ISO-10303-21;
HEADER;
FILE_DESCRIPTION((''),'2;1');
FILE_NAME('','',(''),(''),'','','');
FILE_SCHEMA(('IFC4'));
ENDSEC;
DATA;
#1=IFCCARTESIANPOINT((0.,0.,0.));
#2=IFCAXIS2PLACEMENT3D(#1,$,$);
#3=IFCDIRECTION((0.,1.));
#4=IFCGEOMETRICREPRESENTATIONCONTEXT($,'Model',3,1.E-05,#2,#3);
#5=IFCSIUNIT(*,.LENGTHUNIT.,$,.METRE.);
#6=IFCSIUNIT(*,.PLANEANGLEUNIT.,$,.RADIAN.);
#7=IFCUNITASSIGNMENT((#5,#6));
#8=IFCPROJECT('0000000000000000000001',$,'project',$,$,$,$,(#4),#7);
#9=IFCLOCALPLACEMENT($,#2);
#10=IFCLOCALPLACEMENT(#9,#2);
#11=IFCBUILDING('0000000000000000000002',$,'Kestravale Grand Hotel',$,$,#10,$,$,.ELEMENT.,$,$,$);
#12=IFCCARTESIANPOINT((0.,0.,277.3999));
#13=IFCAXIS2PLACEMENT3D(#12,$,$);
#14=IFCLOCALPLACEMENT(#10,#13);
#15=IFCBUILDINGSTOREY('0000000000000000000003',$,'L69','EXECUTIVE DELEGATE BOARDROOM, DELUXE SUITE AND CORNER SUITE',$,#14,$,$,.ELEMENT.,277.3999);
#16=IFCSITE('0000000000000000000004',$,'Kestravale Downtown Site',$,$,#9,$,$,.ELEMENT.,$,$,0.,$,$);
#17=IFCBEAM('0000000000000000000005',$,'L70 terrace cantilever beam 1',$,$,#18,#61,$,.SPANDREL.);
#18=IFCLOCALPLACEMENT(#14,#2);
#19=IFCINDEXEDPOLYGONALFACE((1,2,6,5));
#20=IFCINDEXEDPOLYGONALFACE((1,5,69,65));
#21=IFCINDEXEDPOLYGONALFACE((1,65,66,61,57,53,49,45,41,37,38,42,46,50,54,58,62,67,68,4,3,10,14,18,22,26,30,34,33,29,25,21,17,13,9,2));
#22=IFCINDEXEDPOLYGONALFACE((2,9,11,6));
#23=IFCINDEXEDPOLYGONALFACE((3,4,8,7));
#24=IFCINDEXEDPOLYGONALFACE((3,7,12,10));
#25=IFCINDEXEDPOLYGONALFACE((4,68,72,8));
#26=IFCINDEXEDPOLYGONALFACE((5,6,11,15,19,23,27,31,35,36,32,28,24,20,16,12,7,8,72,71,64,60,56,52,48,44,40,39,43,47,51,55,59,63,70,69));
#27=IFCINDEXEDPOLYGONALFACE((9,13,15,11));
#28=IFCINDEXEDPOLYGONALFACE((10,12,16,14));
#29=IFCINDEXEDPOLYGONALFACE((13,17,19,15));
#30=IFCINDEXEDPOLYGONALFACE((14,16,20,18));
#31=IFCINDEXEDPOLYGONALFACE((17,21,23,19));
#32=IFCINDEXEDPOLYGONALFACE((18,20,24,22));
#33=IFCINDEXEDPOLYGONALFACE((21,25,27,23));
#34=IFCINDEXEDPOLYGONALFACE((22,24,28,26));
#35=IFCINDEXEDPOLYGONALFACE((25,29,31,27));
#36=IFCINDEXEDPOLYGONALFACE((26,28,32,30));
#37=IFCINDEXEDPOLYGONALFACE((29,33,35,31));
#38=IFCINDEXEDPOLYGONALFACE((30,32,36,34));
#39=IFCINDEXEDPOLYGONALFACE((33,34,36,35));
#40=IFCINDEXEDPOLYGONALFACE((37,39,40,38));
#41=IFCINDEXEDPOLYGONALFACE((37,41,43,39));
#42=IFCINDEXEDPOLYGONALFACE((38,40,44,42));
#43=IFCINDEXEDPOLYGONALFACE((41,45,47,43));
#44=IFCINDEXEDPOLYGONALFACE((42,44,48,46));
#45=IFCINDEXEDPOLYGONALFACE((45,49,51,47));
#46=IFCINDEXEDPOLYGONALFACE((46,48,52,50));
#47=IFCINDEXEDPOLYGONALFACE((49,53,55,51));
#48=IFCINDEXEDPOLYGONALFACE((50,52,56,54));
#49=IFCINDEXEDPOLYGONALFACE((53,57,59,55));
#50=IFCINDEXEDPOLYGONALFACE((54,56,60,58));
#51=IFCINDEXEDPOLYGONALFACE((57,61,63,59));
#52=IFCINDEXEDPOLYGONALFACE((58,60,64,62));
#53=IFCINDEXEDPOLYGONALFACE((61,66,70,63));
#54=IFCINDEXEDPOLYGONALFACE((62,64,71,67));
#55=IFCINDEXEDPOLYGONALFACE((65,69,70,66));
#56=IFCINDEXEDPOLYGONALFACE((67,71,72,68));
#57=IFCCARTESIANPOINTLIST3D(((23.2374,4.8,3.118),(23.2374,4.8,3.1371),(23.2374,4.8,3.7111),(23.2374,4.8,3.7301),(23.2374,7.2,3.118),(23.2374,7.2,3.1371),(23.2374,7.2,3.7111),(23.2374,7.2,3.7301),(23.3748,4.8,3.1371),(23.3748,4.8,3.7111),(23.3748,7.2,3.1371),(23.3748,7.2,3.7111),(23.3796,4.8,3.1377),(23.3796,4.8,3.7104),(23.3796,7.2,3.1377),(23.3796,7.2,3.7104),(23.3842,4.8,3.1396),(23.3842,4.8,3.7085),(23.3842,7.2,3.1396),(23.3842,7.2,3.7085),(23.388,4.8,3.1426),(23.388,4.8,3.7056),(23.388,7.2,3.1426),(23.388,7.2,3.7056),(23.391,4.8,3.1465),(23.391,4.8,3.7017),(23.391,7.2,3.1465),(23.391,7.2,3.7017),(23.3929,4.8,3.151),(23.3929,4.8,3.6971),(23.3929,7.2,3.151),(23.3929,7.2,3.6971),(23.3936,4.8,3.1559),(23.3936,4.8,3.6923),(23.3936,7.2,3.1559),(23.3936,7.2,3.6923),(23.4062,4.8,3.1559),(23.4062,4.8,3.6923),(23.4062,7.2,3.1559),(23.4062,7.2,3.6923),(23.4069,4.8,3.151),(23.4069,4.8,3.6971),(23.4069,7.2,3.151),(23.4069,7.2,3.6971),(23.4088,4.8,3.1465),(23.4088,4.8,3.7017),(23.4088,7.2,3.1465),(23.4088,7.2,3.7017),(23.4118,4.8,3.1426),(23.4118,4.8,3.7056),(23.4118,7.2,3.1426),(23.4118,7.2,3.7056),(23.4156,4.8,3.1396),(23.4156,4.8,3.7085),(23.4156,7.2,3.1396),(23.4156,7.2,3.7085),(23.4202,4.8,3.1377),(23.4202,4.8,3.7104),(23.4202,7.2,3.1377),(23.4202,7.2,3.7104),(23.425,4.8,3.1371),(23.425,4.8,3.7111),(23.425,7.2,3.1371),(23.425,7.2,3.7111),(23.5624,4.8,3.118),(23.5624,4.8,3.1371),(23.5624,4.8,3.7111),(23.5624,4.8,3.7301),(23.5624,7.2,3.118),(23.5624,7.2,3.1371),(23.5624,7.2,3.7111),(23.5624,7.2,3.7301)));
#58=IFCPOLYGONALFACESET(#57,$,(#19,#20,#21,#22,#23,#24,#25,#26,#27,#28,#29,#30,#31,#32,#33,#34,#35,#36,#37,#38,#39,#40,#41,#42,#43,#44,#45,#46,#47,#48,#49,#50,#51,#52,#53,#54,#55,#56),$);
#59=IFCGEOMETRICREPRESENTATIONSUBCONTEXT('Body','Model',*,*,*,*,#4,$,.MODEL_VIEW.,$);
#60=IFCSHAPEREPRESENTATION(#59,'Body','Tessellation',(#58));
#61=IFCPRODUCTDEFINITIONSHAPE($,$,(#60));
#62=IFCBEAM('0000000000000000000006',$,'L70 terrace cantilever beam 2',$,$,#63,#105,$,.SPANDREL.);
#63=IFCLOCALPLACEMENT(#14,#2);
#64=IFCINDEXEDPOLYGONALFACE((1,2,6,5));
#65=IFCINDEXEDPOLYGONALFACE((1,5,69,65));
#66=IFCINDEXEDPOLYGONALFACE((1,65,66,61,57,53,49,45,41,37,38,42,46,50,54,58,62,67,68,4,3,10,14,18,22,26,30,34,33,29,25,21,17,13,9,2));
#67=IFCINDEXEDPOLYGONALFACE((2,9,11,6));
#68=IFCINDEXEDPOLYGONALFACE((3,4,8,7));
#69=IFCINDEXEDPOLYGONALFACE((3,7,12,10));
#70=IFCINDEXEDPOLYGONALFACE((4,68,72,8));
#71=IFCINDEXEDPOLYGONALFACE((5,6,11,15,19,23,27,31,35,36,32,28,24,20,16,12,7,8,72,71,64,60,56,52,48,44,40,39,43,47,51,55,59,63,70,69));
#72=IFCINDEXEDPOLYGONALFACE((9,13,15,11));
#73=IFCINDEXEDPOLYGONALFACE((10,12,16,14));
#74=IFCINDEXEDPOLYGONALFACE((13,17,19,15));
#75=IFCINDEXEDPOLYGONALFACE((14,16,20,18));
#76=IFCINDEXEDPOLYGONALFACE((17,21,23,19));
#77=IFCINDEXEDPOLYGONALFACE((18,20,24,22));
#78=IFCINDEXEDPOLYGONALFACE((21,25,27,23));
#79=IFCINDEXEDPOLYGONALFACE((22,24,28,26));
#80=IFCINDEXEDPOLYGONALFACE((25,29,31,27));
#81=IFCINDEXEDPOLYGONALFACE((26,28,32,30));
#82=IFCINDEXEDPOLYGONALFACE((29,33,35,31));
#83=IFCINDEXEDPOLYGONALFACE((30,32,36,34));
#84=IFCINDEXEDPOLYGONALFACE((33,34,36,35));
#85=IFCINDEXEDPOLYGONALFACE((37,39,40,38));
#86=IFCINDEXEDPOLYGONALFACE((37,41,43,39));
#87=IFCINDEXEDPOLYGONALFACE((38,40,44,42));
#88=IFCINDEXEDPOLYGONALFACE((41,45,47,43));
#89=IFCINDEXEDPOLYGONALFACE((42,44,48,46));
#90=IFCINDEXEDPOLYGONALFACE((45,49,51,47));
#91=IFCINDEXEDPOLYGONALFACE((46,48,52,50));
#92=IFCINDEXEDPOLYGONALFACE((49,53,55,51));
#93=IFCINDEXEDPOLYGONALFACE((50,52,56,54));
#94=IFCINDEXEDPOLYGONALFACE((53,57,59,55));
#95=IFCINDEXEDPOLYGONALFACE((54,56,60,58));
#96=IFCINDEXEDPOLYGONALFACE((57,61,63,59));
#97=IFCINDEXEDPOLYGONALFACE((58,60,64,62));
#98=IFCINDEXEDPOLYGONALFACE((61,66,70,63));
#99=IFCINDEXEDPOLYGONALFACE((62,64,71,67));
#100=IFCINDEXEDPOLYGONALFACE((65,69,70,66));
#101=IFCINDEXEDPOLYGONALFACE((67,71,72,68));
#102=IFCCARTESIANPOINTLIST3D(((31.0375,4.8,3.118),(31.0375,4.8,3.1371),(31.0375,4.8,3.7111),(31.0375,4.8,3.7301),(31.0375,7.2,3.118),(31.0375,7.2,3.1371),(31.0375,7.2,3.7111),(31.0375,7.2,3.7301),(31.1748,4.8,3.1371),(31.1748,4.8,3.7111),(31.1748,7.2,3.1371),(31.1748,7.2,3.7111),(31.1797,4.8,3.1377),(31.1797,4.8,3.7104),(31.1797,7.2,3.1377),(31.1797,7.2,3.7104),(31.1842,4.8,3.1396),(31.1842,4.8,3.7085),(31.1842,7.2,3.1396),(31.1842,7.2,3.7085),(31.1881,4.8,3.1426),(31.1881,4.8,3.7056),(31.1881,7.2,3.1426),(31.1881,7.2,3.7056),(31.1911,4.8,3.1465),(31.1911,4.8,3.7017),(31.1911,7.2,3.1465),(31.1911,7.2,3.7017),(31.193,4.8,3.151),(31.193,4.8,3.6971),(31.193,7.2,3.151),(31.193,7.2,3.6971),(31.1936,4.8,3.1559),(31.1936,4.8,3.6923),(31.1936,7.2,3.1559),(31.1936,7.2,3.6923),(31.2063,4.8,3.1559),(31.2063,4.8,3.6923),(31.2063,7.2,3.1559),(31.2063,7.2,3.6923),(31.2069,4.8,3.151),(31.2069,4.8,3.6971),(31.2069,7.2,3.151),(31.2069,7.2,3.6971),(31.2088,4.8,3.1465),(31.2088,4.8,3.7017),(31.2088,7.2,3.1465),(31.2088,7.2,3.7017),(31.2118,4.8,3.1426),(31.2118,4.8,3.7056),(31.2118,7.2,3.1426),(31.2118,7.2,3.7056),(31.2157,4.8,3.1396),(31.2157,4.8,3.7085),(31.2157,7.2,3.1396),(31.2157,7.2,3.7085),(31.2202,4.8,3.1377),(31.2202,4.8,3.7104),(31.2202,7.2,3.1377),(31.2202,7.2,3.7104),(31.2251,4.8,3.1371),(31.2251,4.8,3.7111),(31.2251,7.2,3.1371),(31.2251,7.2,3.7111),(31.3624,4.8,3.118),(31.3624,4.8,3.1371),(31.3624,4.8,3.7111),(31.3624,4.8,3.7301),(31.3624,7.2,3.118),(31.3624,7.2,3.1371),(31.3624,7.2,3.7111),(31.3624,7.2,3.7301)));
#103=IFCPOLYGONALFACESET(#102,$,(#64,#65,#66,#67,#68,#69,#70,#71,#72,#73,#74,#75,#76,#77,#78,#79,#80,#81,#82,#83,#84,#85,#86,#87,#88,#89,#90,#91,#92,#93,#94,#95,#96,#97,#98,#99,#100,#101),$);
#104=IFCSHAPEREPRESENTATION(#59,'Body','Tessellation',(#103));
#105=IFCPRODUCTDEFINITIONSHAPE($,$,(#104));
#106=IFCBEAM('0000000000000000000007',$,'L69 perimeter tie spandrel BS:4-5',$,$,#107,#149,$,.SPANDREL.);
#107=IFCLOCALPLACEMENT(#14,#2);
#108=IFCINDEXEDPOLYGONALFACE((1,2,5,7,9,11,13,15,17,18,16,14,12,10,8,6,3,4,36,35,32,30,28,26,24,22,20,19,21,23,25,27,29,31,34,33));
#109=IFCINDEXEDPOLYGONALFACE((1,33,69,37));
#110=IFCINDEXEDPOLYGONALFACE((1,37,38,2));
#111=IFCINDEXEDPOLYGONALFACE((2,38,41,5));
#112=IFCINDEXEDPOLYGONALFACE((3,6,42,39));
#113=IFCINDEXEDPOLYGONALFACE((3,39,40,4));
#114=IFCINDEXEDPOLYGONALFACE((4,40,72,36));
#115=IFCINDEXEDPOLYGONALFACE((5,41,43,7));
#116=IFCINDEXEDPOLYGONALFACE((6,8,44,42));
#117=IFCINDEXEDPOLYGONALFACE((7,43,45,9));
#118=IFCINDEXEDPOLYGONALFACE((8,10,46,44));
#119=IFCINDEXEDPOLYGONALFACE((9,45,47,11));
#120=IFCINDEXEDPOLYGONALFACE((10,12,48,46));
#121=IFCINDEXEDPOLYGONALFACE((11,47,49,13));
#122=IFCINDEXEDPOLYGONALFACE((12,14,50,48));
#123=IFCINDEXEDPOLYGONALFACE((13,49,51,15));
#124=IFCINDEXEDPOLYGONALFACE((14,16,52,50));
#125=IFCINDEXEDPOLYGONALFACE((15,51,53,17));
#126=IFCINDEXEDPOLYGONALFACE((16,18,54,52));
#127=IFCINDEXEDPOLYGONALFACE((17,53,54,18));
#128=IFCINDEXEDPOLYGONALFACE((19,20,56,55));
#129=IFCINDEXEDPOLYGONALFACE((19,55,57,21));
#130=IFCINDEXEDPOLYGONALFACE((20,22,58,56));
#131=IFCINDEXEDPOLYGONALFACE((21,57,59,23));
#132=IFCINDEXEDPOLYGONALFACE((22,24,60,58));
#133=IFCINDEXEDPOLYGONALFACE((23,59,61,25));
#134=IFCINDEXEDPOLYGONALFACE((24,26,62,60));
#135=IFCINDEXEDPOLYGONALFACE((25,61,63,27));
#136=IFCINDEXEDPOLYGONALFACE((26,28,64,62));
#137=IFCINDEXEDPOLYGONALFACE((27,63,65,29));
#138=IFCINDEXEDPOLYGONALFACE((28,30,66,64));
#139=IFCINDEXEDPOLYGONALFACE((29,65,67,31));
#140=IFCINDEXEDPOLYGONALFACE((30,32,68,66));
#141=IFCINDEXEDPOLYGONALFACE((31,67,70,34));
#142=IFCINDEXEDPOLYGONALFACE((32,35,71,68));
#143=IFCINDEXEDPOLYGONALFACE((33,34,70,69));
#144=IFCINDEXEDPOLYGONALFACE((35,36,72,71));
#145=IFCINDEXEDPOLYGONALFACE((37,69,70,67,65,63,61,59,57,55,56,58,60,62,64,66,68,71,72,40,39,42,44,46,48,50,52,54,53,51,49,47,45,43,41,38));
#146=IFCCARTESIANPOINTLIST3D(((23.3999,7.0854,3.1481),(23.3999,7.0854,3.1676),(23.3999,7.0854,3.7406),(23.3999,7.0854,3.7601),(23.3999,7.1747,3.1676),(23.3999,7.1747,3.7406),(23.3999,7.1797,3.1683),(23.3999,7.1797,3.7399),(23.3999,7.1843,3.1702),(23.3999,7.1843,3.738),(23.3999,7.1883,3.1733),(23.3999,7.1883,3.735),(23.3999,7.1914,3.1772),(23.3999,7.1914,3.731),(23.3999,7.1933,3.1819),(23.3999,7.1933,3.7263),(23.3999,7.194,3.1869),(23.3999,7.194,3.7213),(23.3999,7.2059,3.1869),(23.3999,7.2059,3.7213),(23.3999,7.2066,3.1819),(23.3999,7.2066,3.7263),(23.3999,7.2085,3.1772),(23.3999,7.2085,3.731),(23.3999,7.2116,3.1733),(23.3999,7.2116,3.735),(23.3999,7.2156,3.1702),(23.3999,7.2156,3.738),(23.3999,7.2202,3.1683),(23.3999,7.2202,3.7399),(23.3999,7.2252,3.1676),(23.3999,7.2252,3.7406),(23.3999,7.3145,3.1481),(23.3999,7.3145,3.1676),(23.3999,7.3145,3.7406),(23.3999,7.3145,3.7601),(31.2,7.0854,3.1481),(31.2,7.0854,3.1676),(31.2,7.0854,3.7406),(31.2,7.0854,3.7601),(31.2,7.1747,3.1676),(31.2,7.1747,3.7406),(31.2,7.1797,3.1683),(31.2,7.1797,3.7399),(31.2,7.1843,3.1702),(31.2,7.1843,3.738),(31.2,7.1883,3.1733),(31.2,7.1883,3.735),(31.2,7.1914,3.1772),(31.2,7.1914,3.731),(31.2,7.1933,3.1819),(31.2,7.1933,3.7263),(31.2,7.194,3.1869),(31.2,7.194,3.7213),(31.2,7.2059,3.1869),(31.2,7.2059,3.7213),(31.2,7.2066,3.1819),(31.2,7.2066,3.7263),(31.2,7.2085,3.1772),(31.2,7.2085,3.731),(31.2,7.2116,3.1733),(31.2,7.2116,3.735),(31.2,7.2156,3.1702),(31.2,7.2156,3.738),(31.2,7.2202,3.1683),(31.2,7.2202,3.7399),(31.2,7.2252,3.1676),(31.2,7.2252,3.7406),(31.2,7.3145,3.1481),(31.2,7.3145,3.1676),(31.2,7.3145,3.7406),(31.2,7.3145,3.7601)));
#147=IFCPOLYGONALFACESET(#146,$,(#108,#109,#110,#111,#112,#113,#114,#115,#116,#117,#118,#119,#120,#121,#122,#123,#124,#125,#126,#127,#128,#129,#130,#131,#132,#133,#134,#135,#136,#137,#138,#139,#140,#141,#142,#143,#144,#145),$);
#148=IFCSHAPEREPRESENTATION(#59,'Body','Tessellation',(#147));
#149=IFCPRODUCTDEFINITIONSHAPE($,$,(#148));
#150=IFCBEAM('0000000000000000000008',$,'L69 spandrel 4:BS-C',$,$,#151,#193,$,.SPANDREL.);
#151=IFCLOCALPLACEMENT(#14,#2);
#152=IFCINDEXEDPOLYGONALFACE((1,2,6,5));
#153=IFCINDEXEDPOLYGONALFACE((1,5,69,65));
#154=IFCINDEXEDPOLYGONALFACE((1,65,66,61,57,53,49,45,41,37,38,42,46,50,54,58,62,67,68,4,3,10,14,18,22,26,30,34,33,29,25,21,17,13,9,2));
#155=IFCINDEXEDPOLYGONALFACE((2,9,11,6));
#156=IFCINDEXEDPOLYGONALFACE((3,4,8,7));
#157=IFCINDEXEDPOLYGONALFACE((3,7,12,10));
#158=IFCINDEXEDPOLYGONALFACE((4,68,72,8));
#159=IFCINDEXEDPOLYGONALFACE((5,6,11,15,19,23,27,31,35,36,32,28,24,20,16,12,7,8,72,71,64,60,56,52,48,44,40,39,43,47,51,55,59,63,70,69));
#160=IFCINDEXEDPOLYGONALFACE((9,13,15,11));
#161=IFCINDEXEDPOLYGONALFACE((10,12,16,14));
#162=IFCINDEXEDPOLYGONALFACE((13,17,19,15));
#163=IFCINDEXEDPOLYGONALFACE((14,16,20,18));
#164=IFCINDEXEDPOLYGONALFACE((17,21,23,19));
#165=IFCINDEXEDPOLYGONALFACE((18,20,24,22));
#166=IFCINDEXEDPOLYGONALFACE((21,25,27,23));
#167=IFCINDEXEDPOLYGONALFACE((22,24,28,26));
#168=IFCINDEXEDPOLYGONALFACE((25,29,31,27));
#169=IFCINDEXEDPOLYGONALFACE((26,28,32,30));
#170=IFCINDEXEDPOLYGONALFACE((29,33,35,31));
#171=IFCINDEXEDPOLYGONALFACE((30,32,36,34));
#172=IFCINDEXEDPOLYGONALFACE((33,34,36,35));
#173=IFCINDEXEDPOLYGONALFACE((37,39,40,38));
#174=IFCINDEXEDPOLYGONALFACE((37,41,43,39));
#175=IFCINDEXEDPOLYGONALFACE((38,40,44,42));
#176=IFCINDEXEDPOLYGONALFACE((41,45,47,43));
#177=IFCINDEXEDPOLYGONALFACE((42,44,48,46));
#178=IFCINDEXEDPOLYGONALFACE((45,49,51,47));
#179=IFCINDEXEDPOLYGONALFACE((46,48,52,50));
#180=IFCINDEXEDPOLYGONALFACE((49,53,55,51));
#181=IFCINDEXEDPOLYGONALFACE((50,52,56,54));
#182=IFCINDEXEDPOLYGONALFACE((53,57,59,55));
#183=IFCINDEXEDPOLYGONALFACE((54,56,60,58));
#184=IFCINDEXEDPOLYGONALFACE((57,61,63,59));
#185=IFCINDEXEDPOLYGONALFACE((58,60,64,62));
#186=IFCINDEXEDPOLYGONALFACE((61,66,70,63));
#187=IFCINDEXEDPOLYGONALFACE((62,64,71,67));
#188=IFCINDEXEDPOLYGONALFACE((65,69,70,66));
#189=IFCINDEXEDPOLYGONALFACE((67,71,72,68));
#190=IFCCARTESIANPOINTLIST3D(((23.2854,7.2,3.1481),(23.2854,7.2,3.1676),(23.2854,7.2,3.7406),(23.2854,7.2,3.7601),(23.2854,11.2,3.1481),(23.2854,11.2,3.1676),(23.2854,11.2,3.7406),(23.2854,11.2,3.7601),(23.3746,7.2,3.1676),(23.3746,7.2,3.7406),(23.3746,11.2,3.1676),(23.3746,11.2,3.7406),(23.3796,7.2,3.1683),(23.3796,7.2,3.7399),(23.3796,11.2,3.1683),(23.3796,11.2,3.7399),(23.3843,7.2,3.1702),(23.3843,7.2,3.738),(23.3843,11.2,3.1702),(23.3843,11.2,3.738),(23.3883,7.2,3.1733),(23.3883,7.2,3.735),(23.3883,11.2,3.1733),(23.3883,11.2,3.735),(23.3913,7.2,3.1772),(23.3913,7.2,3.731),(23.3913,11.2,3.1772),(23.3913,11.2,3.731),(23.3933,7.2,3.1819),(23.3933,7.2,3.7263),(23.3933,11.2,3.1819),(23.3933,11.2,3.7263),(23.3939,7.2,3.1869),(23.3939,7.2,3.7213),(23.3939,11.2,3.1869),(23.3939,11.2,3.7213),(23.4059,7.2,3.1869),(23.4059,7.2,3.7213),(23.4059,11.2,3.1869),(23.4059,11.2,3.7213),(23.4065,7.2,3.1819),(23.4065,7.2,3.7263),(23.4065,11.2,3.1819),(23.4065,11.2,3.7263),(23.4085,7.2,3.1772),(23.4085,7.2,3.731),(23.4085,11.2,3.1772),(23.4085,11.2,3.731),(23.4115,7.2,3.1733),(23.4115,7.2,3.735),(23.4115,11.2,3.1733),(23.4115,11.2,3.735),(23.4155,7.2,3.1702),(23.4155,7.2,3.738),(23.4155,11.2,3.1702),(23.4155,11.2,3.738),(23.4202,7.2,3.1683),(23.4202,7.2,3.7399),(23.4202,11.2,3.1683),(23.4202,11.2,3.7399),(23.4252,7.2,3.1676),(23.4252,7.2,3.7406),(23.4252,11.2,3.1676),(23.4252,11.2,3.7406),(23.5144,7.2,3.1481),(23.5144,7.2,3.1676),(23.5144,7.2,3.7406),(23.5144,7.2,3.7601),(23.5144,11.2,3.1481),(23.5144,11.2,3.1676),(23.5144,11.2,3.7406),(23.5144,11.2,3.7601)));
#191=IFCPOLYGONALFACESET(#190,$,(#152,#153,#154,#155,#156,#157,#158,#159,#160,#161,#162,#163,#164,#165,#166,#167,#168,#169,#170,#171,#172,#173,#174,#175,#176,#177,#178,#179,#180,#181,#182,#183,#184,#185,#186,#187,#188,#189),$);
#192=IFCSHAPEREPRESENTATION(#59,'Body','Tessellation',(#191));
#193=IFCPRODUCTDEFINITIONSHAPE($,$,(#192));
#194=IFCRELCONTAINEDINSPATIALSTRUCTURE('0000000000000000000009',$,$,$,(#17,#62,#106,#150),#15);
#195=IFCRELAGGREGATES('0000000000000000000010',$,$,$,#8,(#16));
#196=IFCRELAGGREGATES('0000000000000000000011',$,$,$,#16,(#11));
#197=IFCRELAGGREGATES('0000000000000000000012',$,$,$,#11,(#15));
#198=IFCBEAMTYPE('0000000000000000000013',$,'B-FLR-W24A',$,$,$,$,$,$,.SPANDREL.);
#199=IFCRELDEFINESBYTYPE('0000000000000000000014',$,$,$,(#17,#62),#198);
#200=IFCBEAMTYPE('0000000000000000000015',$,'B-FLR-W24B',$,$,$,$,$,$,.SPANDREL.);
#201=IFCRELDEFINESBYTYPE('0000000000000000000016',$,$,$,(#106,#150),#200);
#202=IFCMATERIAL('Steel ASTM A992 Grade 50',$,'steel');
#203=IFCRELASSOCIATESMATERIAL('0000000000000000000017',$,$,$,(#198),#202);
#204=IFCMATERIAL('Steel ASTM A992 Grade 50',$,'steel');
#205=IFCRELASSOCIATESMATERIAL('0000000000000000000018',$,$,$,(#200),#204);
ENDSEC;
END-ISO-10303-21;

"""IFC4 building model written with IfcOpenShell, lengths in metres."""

from ifc_helpers import new_model, si_unit, direction, frame, origin, origin_2d, place, context, subcontext, project, spatial, i_section, extrude, material, material_profile, profile_set, type_object, element, save


model = new_model("IFC4")

# Units and contexts
model_context = context("Model", 3, precision=1e-05, world=origin(), true_north=direction((0.0, 1.0)))
body_context = subcontext(model_context, "Body", "Model", "MODEL_VIEW")
ifc_project = project(units=[si_unit("LENGTHUNIT", "METRE"), si_unit("PLANEANGLEUNIT", "RADIAN")], contexts=[model_context])

# Site, building, storey
site_placement = place(None, origin())
site = spatial("IfcSite", under=ifc_project, at=site_placement, Name="Kestravale Downtown Site", CompositionType="ELEMENT", RefElevation=0.0)
building_placement = place(site_placement, origin())
building = spatial("IfcBuilding", under=site, at=building_placement, Name="Kestravale Grand Hotel", CompositionType="ELEMENT")
storey_placement = place(building_placement, frame((0.0, 0.0, 277.3999)))
storey = spatial("IfcBuildingStorey", under=building, at=storey_placement, Name="L69", Description="EXECUTIVE DELEGATE BOARDROOM, DELUXE SUITE AND CORNER SUITE", CompositionType="ELEMENT", Elevation=277.3999)

# Beams
ifc_material_1 = material(Name="Steel ASTM A992 Grade 50", Category="steel")
ifc_material_profile_1 = material_profile(ifc_material_1, i_section(OverallWidth=0.325, OverallDepth=0.6121, WebThickness=0.0127, FlangeThickness=0.019, FilletRadius=0.0188, at=origin_2d()))
ifc_profile_set_1 = profile_set([ifc_material_profile_1], Name="Steel ASTM A992 Grade 50")
beam_type_1 = type_object("IfcBeamType", Name="B-FLR-W24A", PredefinedType="SPANDREL", material=ifc_profile_set_1)
for number, where, z_axis, x_axis, name in (
    (1, (23.3999, 7.2, 3.4241), (0.0, -1.0, 0.0), (1.0, 0.0, 0.0), "L70 terrace cantilever beam 1"),
    (2, (31.2, 7.2, 3.4241), (0.0, -1.0, 0.0), (1.0, 0.0, 0.0), "L70 terrace cantilever beam 2"),
):
    element("IfcBeam", number, at=place(storey_placement, frame(where, z_axis=z_axis, x_axis=x_axis)), inside=storey, type_object=beam_type_1, Name=name, PredefinedType="SPANDREL", context=body_context, shape_type="SweptSolid", body=[
        extrude(i_section(OverallWidth=0.325, OverallDepth=0.6121, WebThickness=0.0127, FlangeThickness=0.019, FilletRadius=0.0188, at=origin_2d()), origin(), (0.0, 0.0, 1.0), 2.3999),
    ])
ifc_material_2 = material(Name="Steel ASTM A992 Grade 50", Category="steel")
ifc_material_profile_2 = material_profile(ifc_material_2, i_section(OverallWidth=0.229, OverallDepth=0.6121, WebThickness=0.012, FlangeThickness=0.0195, FilletRadius=0.0193, at=origin_2d()))
ifc_profile_set_2 = profile_set([ifc_material_profile_2], Name="Steel ASTM A992 Grade 50")
beam_type_2 = type_object("IfcBeamType", Name="B-FLR-W24B", PredefinedType="SPANDREL", material=ifc_profile_set_2)
beam_1_placement = place(storey_placement, frame((23.3999, 7.2, 3.4541), z_axis=(1.0, 0.0, 0.0), x_axis=(0.0, 1.0, 0.0)))
element("IfcBeam", 3, at=beam_1_placement, inside=storey, type_object=beam_type_2, Name="L69 perimeter tie spandrel BS:4-5", PredefinedType="SPANDREL", context=body_context, shape_type="SweptSolid", body=[
    extrude(i_section(OverallWidth=0.229, OverallDepth=0.6121, WebThickness=0.012, FlangeThickness=0.0195, FilletRadius=0.0193, at=origin_2d()), origin(), (0.0, 0.0, 1.0), 7.8),
])
for number, where, z_axis, x_axis, name in (
    (4, (23.3999, 7.2, 3.4541), (0.0, 1.0, 0.0), (-1.0, 0.0, 0.0), "L69 spandrel 4:BS-C"),
):
    element("IfcBeam", number, at=place(storey_placement, frame(where, z_axis=z_axis, x_axis=x_axis)), inside=storey, type_object=beam_type_2, Name=name, PredefinedType="SPANDREL", context=body_context, shape_type="SweptSolid", body=[
        extrude(i_section(OverallWidth=0.229, OverallDepth=0.6121, WebThickness=0.012, FlangeThickness=0.0195, FilletRadius=0.0193, at=origin_2d()), origin(), (0.0, 0.0, 1.0), 4.0),
    ])

save(model, "model.ifc")
